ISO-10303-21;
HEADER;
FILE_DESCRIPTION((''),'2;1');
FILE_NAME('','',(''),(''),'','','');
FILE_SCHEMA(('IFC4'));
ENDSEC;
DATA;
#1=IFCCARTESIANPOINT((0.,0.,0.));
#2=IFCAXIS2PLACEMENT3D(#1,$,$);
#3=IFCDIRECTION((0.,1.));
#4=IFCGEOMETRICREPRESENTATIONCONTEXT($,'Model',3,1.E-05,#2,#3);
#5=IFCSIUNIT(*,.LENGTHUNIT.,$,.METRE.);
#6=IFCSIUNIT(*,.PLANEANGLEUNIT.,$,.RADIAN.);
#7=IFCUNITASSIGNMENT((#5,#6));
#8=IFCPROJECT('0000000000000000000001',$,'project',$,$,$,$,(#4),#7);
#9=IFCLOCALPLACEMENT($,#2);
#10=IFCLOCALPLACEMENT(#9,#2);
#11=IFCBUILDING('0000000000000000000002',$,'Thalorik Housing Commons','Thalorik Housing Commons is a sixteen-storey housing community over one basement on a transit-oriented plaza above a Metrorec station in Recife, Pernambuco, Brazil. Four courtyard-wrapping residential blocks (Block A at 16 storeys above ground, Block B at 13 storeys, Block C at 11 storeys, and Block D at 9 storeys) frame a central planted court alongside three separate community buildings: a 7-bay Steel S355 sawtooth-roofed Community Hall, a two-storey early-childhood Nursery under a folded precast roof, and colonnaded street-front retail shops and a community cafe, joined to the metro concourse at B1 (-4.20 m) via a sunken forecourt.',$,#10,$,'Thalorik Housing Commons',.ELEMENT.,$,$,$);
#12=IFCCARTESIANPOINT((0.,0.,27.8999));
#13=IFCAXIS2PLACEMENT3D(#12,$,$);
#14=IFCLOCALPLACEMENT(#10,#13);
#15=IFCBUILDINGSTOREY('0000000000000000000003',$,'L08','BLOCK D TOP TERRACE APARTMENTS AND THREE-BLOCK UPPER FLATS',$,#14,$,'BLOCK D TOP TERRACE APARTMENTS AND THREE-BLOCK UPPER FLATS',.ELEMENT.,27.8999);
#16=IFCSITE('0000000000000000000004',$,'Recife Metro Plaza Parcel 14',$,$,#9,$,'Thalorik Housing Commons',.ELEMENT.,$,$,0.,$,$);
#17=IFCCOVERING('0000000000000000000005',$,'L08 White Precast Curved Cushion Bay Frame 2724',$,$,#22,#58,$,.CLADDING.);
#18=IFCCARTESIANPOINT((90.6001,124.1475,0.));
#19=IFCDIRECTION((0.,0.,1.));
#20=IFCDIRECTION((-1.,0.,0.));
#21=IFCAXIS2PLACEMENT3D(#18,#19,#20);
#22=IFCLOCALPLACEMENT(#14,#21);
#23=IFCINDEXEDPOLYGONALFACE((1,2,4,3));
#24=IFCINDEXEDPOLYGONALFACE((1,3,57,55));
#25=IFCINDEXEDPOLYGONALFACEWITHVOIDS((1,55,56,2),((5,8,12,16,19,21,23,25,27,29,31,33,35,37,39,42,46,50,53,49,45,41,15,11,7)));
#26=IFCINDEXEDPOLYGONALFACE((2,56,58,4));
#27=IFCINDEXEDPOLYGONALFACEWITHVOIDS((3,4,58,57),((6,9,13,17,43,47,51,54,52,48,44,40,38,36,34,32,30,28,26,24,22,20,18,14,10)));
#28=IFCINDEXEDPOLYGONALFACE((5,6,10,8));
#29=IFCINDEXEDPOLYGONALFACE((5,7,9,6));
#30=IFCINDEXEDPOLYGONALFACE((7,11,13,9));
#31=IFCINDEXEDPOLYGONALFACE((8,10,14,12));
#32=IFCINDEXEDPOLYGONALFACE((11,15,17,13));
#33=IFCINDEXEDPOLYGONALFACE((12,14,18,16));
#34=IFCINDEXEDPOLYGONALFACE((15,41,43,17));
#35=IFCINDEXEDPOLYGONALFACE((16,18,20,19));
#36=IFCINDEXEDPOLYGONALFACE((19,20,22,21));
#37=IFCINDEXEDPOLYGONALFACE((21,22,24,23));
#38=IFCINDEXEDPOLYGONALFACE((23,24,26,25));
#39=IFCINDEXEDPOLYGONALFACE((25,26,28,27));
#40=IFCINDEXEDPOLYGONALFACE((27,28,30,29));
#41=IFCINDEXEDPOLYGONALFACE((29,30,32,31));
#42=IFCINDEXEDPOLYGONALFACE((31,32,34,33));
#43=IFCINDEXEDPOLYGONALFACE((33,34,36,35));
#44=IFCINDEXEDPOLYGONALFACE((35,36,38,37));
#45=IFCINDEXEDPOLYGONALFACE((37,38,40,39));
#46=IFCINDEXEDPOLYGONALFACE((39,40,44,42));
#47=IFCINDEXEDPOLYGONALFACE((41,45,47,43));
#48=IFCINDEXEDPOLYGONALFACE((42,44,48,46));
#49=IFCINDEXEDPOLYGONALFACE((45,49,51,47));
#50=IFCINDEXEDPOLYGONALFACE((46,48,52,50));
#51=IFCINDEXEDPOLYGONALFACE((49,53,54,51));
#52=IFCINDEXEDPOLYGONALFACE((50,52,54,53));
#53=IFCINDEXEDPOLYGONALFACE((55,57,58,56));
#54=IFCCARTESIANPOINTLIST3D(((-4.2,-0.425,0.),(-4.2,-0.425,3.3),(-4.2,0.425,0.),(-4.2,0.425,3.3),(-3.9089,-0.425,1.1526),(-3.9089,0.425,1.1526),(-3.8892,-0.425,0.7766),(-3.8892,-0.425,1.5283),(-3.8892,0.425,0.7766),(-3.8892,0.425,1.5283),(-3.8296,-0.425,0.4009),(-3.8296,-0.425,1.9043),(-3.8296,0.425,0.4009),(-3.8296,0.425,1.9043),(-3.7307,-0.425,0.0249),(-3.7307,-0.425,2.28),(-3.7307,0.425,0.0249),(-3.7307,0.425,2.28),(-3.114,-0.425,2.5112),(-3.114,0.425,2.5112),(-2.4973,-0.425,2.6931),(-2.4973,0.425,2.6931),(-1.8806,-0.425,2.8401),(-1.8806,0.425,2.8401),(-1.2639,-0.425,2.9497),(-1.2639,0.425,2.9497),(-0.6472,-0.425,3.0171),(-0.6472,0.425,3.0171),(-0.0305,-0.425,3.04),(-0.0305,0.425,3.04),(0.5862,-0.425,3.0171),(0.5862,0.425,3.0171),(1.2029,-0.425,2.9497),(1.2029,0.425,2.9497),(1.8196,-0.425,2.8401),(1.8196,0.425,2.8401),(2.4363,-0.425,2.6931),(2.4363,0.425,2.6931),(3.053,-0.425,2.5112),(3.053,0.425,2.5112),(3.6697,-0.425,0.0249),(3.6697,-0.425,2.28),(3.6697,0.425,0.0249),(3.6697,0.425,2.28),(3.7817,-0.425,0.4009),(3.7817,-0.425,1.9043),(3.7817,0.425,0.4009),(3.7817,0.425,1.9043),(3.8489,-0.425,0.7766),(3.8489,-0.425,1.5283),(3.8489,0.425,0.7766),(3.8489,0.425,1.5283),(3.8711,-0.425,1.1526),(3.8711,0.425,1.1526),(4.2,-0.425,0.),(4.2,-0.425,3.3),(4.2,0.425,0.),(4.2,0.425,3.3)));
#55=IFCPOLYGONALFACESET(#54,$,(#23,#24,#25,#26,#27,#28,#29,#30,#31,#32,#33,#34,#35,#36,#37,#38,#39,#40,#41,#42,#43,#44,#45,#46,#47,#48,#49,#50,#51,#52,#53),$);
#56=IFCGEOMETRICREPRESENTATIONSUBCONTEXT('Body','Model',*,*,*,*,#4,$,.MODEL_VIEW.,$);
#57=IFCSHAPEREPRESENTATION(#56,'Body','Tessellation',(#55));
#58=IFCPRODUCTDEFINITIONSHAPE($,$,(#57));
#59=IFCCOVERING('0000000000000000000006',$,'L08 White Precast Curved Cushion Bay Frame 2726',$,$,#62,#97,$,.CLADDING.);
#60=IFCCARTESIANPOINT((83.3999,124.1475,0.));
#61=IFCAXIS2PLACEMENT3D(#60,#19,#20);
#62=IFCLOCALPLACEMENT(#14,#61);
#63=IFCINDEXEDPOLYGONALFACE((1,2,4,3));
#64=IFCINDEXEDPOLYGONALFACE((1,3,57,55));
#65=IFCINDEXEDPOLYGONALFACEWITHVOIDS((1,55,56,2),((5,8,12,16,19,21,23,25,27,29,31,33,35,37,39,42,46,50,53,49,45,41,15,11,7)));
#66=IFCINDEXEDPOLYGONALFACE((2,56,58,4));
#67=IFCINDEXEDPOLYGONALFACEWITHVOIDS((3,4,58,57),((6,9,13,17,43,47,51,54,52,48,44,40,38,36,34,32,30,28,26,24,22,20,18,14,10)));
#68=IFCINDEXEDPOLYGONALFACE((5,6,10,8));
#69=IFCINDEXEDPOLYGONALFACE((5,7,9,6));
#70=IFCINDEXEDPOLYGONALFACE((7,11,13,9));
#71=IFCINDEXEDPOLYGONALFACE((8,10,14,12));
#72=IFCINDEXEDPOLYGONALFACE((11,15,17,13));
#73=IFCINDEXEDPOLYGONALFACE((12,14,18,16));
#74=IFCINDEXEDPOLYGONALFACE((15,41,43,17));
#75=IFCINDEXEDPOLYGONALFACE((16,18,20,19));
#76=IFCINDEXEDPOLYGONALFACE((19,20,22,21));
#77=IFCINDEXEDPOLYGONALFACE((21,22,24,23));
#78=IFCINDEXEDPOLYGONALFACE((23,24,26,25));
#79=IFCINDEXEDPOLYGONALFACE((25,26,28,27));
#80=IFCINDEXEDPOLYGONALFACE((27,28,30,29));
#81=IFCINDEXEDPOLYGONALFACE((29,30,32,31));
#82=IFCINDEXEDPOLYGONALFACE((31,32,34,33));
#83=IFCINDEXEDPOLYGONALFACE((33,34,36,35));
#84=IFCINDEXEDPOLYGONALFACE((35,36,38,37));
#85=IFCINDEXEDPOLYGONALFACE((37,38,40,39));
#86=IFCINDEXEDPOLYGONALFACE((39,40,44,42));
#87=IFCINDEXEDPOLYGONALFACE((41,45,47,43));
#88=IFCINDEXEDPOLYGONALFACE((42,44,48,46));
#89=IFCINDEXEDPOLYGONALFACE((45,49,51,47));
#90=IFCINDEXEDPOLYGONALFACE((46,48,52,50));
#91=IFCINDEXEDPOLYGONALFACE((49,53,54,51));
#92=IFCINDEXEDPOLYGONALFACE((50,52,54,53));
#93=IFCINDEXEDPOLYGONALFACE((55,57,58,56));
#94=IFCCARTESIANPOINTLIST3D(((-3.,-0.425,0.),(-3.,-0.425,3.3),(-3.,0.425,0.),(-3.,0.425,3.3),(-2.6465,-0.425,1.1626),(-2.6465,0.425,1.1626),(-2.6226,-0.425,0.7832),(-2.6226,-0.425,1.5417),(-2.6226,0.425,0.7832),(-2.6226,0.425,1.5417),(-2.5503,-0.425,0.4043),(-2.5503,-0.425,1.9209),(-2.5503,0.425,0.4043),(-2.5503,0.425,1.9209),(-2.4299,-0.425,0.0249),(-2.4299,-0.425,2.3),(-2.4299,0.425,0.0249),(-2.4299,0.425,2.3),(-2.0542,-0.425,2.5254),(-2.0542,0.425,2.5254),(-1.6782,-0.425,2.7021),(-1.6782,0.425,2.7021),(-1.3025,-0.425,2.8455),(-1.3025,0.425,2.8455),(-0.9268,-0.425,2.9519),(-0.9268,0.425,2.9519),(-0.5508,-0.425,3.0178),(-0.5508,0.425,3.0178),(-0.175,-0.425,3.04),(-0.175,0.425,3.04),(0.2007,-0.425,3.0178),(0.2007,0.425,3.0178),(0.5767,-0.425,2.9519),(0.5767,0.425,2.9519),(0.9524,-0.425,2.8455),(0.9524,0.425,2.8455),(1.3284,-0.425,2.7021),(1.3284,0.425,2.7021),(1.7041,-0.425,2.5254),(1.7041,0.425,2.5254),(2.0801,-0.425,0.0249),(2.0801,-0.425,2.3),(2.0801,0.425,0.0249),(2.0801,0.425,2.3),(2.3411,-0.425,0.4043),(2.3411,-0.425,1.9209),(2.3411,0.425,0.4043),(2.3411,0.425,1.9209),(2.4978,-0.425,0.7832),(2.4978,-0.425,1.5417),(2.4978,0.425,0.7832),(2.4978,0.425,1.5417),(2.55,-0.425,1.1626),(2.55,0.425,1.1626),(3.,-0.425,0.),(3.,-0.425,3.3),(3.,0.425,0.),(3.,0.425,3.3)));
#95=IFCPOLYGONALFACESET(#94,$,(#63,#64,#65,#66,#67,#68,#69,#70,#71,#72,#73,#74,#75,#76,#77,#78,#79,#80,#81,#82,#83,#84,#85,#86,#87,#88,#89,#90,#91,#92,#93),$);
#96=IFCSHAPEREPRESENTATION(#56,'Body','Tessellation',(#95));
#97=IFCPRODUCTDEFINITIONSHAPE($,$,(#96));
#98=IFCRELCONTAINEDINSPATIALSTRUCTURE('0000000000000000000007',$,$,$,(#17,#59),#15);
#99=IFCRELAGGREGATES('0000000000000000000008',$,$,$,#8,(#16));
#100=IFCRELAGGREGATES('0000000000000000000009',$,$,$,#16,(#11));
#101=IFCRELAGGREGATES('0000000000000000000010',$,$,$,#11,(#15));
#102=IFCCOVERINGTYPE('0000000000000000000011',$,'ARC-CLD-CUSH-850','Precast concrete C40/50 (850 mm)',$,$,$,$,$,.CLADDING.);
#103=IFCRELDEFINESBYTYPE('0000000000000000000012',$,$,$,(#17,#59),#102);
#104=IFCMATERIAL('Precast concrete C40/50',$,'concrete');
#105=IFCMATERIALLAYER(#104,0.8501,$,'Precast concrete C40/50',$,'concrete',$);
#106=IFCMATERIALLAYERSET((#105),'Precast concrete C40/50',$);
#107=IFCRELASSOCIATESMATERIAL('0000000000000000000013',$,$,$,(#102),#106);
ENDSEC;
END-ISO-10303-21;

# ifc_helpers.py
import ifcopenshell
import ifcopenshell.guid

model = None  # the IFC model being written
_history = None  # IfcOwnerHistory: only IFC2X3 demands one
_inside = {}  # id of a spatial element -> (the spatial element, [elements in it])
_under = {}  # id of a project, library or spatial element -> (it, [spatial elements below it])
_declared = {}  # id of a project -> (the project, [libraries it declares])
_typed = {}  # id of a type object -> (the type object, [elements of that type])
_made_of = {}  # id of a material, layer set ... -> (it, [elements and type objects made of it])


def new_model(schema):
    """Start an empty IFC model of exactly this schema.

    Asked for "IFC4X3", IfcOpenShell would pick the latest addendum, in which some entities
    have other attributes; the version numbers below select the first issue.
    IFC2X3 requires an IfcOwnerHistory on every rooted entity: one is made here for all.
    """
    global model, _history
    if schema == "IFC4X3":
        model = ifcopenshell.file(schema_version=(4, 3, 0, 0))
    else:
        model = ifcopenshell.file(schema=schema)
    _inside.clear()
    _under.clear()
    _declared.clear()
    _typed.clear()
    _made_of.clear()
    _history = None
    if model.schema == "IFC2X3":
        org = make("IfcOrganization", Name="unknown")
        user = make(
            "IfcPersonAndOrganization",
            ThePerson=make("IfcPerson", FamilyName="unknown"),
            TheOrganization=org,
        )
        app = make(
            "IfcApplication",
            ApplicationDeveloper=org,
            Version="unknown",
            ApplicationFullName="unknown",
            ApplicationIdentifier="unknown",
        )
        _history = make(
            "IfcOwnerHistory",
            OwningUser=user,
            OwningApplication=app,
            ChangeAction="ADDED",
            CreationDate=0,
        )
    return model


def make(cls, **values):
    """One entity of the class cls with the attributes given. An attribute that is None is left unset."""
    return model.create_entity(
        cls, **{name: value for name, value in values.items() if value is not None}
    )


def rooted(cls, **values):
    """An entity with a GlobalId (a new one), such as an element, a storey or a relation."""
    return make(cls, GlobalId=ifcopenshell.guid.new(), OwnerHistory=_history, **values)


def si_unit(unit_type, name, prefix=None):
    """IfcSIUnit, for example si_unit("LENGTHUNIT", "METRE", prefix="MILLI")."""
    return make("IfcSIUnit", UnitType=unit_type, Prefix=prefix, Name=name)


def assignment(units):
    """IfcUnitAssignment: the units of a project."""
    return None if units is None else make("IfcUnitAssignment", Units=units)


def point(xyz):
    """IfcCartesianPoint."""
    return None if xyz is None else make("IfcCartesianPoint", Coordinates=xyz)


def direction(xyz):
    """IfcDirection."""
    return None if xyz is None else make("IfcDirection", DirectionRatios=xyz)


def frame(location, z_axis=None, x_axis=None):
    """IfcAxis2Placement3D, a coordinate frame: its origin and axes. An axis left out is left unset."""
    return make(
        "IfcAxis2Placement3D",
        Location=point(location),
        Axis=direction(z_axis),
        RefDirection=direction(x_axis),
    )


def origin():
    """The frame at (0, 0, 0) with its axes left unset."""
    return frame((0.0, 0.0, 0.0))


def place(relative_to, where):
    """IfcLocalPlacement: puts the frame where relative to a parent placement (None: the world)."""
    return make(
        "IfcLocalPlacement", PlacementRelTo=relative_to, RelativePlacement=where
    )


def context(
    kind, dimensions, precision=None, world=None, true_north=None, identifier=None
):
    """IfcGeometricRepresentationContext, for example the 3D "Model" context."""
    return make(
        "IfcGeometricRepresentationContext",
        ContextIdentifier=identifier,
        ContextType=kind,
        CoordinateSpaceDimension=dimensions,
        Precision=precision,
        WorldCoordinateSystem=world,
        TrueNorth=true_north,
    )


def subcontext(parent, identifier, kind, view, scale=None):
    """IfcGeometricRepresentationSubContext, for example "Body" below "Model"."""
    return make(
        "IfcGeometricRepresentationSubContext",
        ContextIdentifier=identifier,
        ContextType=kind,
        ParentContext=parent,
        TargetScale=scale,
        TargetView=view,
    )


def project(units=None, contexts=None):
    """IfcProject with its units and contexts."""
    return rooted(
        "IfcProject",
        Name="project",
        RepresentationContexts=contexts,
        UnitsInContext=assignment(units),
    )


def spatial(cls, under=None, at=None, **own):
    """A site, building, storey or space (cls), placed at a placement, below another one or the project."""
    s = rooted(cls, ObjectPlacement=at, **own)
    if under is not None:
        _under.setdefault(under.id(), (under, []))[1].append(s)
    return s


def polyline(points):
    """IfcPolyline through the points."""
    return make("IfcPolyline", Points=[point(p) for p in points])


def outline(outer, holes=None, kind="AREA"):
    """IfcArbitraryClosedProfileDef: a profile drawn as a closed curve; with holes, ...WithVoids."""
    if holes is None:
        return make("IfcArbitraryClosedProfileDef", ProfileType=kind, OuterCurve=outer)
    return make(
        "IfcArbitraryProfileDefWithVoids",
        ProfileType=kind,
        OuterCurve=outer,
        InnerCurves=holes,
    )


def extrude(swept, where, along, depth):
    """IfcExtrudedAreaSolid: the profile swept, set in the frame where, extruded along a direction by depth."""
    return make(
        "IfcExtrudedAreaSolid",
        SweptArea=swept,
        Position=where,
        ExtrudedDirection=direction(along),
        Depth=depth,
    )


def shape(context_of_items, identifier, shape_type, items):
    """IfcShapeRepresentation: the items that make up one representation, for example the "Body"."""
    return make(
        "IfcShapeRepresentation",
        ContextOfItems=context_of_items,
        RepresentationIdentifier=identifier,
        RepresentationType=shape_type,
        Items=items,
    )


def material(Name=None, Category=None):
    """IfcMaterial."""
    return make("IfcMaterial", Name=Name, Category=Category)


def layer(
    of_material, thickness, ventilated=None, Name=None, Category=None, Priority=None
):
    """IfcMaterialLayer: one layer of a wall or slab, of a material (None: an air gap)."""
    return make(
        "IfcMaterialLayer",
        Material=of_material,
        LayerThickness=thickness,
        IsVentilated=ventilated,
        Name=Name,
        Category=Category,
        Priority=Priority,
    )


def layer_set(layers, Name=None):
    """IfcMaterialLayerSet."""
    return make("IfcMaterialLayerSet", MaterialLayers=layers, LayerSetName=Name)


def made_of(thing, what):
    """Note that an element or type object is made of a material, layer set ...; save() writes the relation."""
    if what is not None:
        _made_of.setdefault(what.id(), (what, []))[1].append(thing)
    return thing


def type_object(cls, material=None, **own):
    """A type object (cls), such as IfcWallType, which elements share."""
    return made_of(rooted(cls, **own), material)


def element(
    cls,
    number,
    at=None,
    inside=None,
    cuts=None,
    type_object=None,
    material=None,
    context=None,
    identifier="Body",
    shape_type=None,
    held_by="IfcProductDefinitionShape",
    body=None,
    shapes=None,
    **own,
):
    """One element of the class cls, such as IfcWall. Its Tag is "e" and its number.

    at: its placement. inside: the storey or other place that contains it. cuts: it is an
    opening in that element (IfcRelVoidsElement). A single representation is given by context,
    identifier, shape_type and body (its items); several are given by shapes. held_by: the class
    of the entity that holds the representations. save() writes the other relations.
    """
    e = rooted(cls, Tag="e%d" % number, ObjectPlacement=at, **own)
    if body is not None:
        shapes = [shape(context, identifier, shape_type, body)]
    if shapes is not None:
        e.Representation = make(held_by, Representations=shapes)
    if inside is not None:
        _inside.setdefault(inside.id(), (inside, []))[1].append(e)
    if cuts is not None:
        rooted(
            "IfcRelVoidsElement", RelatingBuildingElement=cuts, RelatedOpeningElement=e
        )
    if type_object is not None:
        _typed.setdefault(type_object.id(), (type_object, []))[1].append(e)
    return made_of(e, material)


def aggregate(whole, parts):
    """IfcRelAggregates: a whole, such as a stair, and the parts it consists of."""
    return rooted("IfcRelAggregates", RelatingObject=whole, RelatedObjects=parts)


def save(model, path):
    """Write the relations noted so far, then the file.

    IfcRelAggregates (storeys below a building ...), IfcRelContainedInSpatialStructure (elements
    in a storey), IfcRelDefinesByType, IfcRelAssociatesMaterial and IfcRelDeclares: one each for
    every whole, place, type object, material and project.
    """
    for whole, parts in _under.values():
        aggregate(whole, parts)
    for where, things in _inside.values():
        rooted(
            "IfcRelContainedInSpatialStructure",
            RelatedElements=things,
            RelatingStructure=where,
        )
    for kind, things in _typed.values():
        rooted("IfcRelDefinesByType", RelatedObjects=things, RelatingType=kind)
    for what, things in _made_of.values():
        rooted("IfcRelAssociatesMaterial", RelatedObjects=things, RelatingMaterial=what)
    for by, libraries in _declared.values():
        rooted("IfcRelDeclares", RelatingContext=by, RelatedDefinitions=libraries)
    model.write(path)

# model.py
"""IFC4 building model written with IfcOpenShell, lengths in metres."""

from ifc_helpers import new_model, si_unit, direction, frame, origin, place, context, subcontext, project, spatial, polyline, outline, extrude, material, layer, layer_set, type_object, element, save


model = new_model("IFC4")

# Units and contexts
model_context = context("Model", 3, precision=1e-05, world=origin(), true_north=direction((0.0, 1.0)))
body_context = subcontext(model_context, "Body", "Model", "MODEL_VIEW")
ifc_project = project(units=[si_unit("LENGTHUNIT", "METRE"), si_unit("PLANEANGLEUNIT", "RADIAN")], contexts=[model_context])

# Site, building, storey
site_placement = place(None, origin())
site = spatial("IfcSite", under=ifc_project, at=site_placement, Name="Recife Metro Plaza Parcel 14", LongName="Thalorik Housing Commons", CompositionType="ELEMENT", RefElevation=0.0)
building_placement = place(site_placement, origin())
building = spatial("IfcBuilding", under=site, at=building_placement, Name="Thalorik Housing Commons", Description="Thalorik Housing Commons is a sixteen-storey housing community over one basement on a transit-oriented plaza above a Metrorec station in Recife, Pernambuco, Brazil. Four courtyard-wrapping residential blocks (Block A at 16 storeys above ground, Block B at 13 storeys, Block C at 11 storeys, and Block D at 9 storeys) frame a central planted court alongside three separate community buildings: a 7-bay Steel S355 sawtooth-roofed Community Hall, a two-storey early-childhood Nursery under a folded precast roof, and colonnaded street-front retail shops and a community cafe, joined to the metro concourse at B1 (-4.20 m) via a sunken forecourt.", LongName="Thalorik Housing Commons", CompositionType="ELEMENT")
storey_placement = place(building_placement, frame((0.0, 0.0, 27.8999)))
storey = spatial("IfcBuildingStorey", under=building, at=storey_placement, Name="L08", Description="BLOCK D TOP TERRACE APARTMENTS AND THREE-BLOCK UPPER FLATS", LongName="BLOCK D TOP TERRACE APARTMENTS AND THREE-BLOCK UPPER FLATS", CompositionType="ELEMENT", Elevation=27.8999)

# Shared definitions
ifc_material_1 = material(Name="Precast concrete C40/50", Category="concrete")

# Coverings
ifc_layer_1 = layer(ifc_material_1, 0.8501, Name="Precast concrete C40/50", Category="concrete")
ifc_layer_set_1 = layer_set([ifc_layer_1], Name="Precast concrete C40/50")
covering_type_1 = type_object("IfcCoveringType", Name="ARC-CLD-CUSH-850", Description="Precast concrete C40/50 (850 mm)", PredefinedType="CLADDING", material=ifc_layer_set_1)
covering_1_placement = place(storey_placement, frame((90.6001, 124.1475, 0.0), z_axis=(0.0, 0.0, 1.0), x_axis=(-1.0, 0.0, 0.0)))
element("IfcCovering", 1, at=covering_1_placement, inside=storey, type_object=covering_type_1, Name="L08 White Precast Curved Cushion Bay Frame 2724", PredefinedType="CLADDING", context=body_context, shape_type="SweptSolid", body=[
    extrude(outline(polyline([(-4.2, 0.0), (4.2, 0.0), (4.2, 3.3), (-4.2, 3.3), (-4.2, 0.0)]), holes=[polyline([(3.6697, 0.0249), (3.7817, 0.4009), (3.8489, 0.7766), (3.8711, 1.1526), (3.8489, 1.5283), (3.7817, 1.9043), (3.6697, 2.28), (3.053, 2.5112), (2.4363, 2.6931), (1.8196, 2.8401), (1.2029, 2.9497), (0.5862, 3.0171), (-0.0305, 3.04), (-0.6472, 3.0171), (-1.2639, 2.9497), (-1.8806, 2.8401), (-2.4973, 2.6931), (-3.114, 2.5112), (-3.7307, 2.28), (-3.8296, 1.9043), (-3.8892, 1.5283), (-3.9089, 1.1526), (-3.8892, 0.7766), (-3.8296, 0.4009), (-3.7307, 0.0249), (3.6697, 0.0249)])]), frame((0.0, 0.425, 0.0), z_axis=(0.0, -1.0, 0.0), x_axis=(1.0, 0.0, 0.0)), (0.0, 0.0, 1.0), 0.8501),
])
covering_2_placement = place(storey_placement, frame((83.3999, 124.1475, 0.0), z_axis=(0.0, 0.0, 1.0), x_axis=(-1.0, 0.0, 0.0)))
element("IfcCovering", 2, at=covering_2_placement, inside=storey, type_object=covering_type_1, Name="L08 White Precast Curved Cushion Bay Frame 2726", PredefinedType="CLADDING", context=body_context, shape_type="SweptSolid", body=[
    extrude(outline(polyline([(-3.0, 0.0), (3.0, 0.0), (3.0, 3.3), (-3.0, 3.3), (-3.0, 0.0)]), holes=[polyline([(2.0801, 0.0249), (2.3411, 0.4043), (2.4978, 0.7832), (2.55, 1.1626), (2.4978, 1.5417), (2.3411, 1.9209), (2.0801, 2.3), (1.7041, 2.5254), (1.3284, 2.7021), (0.9524, 2.8455), (0.5767, 2.9519), (0.2007, 3.0178), (-0.175, 3.04), (-0.5508, 3.0178), (-0.9268, 2.9519), (-1.3025, 2.8455), (-1.6782, 2.7021), (-2.0542, 2.5254), (-2.4299, 2.3), (-2.5503, 1.9209), (-2.6226, 1.5417), (-2.6465, 1.1626), (-2.6226, 0.7832), (-2.5503, 0.4043), (-2.4299, 0.0249), (2.0801, 0.0249)])]), frame((0.0, 0.425, 0.0), z_axis=(0.0, -1.0, 0.0), x_axis=(1.0, 0.0, 0.0)), (0.0, 0.0, 1.0), 0.8501),
])

save(model, "model.ifc")
